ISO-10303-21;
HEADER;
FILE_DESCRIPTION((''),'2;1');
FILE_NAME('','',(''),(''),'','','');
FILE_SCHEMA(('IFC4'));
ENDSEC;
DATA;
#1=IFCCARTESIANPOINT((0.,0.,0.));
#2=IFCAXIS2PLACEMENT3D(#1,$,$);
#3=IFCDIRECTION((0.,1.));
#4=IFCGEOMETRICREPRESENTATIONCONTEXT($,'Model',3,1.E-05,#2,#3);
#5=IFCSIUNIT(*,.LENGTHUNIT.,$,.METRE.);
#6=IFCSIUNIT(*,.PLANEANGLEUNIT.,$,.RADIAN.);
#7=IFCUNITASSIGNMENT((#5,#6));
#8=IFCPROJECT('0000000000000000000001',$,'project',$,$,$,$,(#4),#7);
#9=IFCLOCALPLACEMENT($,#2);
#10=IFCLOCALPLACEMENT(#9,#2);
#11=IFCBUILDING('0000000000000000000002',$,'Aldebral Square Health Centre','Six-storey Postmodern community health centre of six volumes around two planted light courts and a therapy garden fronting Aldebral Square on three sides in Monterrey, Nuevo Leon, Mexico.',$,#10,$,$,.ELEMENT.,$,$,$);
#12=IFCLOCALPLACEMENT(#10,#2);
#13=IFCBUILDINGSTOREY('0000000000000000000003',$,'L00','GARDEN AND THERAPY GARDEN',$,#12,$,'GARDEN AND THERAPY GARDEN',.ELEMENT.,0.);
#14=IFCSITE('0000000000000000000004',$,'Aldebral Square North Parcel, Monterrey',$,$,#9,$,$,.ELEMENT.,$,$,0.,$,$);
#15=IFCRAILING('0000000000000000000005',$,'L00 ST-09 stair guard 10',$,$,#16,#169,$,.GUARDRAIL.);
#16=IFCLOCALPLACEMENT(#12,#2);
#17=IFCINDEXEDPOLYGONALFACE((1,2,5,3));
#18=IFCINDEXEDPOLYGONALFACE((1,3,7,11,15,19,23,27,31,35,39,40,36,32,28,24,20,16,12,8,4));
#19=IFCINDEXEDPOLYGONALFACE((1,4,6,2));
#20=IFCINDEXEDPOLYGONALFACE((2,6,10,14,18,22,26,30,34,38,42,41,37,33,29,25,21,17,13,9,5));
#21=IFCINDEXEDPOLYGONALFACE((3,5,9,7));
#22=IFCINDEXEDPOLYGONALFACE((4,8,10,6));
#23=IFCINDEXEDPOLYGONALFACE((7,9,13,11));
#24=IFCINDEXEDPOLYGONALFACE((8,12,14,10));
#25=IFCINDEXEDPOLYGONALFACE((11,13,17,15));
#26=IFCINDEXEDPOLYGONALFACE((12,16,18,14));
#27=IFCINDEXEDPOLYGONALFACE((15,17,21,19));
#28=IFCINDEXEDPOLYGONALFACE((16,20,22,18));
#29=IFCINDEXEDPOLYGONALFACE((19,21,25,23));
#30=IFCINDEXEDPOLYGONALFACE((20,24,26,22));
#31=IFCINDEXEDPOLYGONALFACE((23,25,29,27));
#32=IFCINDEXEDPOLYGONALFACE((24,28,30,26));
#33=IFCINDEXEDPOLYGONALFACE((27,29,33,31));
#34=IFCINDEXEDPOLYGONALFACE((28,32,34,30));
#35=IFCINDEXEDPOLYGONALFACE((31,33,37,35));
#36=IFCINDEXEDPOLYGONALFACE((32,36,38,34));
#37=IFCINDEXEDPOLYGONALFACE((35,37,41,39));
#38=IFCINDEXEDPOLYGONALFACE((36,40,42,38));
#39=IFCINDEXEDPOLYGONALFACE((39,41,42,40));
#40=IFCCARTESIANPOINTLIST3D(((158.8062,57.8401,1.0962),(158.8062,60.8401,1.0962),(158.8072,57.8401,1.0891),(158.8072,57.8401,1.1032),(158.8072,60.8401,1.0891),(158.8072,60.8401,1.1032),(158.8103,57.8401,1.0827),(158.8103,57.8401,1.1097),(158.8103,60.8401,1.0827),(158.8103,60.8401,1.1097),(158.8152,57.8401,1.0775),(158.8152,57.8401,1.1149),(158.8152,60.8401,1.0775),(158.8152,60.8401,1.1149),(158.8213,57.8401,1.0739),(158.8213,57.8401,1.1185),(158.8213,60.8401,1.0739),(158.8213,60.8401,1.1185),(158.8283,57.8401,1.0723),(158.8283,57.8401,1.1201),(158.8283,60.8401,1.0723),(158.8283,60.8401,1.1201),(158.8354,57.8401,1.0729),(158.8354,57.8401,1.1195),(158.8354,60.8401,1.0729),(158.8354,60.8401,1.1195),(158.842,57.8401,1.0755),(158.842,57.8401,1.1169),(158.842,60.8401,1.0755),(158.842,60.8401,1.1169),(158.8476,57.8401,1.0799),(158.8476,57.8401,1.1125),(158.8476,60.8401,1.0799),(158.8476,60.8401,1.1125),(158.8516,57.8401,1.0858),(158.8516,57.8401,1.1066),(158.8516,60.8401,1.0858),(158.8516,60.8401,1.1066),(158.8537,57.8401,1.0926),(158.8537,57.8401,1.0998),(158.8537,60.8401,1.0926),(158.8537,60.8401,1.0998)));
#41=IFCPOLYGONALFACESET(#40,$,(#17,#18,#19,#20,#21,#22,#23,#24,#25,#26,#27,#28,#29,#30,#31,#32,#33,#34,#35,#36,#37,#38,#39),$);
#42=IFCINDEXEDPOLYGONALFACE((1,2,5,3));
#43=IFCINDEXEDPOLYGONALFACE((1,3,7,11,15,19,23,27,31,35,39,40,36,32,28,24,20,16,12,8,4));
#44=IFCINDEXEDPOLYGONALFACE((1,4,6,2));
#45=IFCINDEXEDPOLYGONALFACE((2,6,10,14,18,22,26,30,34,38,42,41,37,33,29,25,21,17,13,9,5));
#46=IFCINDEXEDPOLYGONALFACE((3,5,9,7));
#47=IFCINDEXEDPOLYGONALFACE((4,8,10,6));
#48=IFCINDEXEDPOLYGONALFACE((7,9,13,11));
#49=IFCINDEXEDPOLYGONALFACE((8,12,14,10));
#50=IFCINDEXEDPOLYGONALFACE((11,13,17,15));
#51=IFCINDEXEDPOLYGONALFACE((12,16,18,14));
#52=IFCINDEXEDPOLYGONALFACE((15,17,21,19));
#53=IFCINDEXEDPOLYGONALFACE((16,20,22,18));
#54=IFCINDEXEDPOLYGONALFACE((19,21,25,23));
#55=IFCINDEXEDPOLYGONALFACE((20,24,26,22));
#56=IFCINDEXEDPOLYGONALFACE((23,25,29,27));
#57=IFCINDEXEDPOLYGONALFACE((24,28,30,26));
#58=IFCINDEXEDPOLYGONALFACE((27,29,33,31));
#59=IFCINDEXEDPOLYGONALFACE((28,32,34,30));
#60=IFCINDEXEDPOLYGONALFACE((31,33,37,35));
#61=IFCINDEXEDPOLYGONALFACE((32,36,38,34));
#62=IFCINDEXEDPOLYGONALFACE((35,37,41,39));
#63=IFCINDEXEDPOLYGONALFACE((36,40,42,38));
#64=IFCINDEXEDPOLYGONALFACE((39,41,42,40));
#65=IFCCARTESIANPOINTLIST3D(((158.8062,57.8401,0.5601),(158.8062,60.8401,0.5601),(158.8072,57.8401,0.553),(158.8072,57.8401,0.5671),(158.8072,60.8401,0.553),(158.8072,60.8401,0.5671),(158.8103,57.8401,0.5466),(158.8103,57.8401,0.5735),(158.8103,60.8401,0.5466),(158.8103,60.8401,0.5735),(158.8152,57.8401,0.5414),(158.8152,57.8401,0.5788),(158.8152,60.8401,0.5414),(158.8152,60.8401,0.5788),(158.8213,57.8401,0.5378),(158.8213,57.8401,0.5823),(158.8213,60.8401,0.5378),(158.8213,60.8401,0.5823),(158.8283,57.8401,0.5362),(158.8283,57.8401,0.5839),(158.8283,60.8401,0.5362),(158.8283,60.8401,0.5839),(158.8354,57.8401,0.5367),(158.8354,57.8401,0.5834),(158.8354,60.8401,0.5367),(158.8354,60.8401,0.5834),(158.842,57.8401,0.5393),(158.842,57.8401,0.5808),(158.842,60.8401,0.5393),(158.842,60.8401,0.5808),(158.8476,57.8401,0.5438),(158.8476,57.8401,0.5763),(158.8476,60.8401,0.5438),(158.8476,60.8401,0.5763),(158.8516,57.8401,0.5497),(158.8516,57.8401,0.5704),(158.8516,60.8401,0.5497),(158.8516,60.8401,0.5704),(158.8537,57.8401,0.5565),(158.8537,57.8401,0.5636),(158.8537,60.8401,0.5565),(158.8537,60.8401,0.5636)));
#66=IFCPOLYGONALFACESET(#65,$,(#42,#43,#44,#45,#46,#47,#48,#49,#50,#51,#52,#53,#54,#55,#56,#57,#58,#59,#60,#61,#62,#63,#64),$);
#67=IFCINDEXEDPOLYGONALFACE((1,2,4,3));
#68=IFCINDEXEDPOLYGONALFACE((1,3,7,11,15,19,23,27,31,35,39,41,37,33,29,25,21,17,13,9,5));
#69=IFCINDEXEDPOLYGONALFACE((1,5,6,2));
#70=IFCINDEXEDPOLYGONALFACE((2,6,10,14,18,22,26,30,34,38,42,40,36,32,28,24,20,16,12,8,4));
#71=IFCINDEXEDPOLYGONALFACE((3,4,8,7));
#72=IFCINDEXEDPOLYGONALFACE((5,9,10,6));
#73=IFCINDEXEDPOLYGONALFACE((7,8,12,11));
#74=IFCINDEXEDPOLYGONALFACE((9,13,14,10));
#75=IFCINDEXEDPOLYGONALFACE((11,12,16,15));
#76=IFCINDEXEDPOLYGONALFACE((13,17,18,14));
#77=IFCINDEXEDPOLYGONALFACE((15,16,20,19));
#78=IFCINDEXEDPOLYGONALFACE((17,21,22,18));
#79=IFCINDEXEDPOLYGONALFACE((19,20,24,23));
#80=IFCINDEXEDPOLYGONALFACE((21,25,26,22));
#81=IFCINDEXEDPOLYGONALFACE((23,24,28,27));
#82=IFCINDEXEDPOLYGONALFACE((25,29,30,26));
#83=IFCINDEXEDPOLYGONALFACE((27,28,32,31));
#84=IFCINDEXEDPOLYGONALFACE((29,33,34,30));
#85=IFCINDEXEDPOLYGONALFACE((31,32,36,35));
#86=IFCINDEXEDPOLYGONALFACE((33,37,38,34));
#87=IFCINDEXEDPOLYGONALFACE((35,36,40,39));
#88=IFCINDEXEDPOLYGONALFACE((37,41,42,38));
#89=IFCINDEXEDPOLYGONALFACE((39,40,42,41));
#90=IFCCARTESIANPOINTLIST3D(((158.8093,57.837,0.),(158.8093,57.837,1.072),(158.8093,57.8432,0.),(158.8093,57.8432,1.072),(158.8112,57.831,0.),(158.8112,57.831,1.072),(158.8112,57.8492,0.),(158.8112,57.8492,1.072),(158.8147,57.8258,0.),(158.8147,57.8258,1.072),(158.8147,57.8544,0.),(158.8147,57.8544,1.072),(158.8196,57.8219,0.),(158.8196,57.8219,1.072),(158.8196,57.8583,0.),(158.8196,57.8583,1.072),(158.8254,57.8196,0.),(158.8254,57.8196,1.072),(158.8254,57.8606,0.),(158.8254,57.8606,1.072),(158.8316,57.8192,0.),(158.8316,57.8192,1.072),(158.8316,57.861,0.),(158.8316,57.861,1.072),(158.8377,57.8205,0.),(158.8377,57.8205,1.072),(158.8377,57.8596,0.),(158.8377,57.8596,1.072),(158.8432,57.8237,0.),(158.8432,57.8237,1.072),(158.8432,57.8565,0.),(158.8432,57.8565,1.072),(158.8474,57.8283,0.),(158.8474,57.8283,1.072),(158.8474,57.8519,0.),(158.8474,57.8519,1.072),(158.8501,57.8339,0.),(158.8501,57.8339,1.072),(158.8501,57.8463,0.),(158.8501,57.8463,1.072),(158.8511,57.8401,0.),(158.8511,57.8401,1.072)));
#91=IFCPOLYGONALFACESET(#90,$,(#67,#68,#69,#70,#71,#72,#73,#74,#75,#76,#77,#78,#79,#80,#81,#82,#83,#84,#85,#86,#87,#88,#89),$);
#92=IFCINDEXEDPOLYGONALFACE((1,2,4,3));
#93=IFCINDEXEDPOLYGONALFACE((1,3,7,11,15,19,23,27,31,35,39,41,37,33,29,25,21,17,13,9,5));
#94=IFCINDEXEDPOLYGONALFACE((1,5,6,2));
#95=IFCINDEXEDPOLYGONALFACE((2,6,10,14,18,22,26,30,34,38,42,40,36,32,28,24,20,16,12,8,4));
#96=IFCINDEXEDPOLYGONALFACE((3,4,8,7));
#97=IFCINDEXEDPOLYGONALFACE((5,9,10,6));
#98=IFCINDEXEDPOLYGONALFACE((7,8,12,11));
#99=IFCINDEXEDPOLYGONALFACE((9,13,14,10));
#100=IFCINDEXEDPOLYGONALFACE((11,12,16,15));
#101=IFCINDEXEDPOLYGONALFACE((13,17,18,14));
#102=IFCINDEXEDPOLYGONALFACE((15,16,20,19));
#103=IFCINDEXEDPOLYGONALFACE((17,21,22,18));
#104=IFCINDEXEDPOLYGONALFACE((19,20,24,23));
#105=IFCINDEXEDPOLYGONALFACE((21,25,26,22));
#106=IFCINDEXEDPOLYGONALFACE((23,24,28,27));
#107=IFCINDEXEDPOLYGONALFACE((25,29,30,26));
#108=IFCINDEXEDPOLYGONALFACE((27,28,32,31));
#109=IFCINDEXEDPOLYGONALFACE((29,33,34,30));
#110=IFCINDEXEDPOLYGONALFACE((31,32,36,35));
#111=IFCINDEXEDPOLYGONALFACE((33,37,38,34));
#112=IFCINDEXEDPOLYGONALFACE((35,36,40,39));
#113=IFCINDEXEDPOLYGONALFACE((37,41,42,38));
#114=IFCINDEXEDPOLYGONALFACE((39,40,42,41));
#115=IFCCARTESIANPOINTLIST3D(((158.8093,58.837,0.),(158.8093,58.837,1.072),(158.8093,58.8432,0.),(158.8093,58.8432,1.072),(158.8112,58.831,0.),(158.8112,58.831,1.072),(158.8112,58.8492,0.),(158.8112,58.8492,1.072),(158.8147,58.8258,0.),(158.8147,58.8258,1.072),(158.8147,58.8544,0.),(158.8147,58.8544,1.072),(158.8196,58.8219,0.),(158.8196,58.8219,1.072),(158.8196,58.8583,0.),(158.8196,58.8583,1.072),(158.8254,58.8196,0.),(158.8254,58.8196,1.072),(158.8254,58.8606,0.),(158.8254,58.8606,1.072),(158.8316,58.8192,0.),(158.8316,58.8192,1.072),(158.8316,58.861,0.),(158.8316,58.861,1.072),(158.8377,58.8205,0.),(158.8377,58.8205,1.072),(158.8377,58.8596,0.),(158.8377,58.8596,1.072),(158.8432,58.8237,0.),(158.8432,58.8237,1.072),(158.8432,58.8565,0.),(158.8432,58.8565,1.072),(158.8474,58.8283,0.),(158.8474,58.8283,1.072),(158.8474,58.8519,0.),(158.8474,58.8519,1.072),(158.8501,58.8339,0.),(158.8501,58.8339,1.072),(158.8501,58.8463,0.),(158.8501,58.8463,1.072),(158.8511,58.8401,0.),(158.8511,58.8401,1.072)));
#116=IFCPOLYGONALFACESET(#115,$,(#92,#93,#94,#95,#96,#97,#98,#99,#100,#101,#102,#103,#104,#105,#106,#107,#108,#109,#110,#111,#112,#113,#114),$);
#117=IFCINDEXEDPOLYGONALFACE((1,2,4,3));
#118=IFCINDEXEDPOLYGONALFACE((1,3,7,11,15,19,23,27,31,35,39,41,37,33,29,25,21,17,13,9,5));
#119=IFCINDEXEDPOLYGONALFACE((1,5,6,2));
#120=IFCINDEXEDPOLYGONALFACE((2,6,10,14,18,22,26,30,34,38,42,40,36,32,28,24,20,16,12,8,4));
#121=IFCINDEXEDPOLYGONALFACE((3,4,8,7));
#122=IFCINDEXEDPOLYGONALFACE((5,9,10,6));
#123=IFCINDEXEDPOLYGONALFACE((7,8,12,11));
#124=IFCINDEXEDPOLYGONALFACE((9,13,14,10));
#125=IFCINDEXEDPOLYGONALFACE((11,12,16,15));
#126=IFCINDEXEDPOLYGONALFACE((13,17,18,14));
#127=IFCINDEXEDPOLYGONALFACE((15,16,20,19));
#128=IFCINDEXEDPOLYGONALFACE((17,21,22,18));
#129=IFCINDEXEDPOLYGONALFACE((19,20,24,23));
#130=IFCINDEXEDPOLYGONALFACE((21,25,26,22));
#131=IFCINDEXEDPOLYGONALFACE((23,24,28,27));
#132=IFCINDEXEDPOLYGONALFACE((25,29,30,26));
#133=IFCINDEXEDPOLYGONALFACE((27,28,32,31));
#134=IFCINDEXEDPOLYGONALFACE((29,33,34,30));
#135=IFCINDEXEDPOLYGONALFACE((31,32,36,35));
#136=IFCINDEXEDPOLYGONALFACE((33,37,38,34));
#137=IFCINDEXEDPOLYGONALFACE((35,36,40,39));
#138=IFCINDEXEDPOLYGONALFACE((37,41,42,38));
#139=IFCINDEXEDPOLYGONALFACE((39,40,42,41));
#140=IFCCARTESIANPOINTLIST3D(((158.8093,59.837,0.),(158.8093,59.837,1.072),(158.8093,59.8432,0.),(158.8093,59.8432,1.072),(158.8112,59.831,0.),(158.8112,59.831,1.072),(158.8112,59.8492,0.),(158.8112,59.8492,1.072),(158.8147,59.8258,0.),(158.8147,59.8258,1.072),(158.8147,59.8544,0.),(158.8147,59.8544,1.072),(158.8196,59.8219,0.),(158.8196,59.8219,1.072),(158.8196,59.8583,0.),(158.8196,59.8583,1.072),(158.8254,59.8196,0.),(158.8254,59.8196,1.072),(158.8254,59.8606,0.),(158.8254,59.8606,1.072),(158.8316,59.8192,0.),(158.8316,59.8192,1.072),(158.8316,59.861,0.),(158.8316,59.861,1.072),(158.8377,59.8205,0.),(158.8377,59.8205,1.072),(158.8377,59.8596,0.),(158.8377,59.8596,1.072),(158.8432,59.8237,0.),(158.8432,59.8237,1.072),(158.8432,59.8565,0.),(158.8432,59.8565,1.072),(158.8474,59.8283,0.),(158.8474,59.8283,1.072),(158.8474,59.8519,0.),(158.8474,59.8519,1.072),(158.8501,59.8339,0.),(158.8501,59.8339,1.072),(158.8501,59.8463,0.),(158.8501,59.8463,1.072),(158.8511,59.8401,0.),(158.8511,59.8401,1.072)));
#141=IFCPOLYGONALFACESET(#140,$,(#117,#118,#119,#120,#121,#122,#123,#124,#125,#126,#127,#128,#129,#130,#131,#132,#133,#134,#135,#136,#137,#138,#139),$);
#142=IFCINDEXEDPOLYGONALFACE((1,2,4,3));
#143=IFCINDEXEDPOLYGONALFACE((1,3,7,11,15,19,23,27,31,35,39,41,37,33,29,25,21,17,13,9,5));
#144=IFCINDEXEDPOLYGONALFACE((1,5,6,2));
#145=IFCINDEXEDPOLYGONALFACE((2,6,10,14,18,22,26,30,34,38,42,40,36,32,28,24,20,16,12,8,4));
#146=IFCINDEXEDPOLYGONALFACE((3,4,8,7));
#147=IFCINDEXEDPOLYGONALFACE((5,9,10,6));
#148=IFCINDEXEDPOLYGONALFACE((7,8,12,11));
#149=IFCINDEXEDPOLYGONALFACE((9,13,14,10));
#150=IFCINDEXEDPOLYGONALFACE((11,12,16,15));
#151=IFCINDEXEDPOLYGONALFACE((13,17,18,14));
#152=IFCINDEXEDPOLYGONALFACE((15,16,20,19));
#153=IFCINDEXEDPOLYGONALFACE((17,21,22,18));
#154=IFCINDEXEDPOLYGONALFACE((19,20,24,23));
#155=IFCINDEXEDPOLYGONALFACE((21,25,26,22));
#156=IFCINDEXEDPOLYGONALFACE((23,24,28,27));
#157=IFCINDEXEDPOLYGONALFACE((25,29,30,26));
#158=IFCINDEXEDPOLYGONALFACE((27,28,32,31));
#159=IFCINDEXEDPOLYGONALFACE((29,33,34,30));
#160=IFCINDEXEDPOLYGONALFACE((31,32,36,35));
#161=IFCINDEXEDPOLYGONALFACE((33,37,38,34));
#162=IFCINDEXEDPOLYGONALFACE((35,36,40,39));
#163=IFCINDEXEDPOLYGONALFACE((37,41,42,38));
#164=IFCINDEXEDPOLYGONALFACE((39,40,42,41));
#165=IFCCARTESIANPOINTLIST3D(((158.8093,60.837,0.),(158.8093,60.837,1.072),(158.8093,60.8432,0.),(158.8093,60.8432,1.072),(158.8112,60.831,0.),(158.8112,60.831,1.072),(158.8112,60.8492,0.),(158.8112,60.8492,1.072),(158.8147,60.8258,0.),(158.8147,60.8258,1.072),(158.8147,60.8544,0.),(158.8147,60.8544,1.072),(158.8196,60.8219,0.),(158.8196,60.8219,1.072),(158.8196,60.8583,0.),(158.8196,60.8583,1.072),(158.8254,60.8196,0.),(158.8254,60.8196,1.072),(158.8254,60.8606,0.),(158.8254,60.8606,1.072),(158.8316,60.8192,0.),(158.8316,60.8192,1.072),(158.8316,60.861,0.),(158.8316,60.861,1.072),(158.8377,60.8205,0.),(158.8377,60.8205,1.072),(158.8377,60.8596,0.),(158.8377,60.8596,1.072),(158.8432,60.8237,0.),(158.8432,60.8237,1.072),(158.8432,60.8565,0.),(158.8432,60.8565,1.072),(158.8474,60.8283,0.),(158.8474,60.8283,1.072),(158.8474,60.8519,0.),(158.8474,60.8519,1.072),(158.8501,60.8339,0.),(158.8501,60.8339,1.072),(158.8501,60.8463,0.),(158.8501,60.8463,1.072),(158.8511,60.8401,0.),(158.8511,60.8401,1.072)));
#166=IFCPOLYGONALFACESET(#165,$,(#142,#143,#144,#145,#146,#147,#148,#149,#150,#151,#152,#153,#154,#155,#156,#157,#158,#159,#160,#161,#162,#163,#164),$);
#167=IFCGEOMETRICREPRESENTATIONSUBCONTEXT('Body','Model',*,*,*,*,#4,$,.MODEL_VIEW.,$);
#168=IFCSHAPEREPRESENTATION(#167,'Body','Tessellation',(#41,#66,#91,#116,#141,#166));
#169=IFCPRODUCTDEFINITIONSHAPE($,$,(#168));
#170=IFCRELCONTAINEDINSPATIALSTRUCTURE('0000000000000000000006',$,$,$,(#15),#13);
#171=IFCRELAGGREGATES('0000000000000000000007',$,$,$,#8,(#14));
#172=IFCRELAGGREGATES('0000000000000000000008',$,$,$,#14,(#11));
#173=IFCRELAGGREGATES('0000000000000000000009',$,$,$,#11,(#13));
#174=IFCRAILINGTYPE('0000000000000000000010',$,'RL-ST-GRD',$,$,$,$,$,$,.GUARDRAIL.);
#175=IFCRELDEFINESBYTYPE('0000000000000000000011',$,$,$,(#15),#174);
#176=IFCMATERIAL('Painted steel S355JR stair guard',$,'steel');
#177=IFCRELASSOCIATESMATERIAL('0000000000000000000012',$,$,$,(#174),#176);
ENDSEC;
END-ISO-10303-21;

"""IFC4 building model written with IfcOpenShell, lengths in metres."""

from ifc_helpers import new_model, si_unit, direction, frame, origin, origin_2d, place, context, subcontext, project, spatial, circle, extrude, material, type_object, element, save


model = new_model("IFC4")

# Units and contexts
model_context = context("Model", 3, precision=1e-05, world=origin(), true_north=direction((0.0, 1.0)))
body_context = subcontext(model_context, "Body", "Model", "MODEL_VIEW")
ifc_project = project(units=[si_unit("LENGTHUNIT", "METRE"), si_unit("PLANEANGLEUNIT", "RADIAN")], contexts=[model_context])

# Site, building, storey
site_placement = place(None, origin())
site = spatial("IfcSite", under=ifc_project, at=site_placement, Name="Aldebral Square North Parcel, Monterrey", CompositionType="ELEMENT", RefElevation=0.0)
building_placement = place(site_placement, origin())
building = spatial("IfcBuilding", under=site, at=building_placement, Name="Aldebral Square Health Centre", Description="Six-storey Postmodern community health centre of six volumes around two planted light courts and a therapy garden fronting Aldebral Square on three sides in Monterrey, Nuevo Leon, Mexico.", CompositionType="ELEMENT")
storey_placement = place(building_placement, origin())
storey = spatial("IfcBuildingStorey", under=building, at=storey_placement, Name="L00", Description="GARDEN AND THERAPY GARDEN", LongName="GARDEN AND THERAPY GARDEN", CompositionType="ELEMENT", Elevation=0.0)

# Railing
ifc_material_1 = material(Name="Painted steel S355JR stair guard", Category="steel")
railing_type_1 = type_object("IfcRailingType", Name="RL-ST-GRD", PredefinedType="GUARDRAIL", material=ifc_material_1)
railing_1_placement = place(storey_placement, frame((158.8301, 57.8401, 0.0)))
element("IfcRailing", 1, at=railing_1_placement, inside=storey, type_object=railing_type_1, Name="L00 ST-09 stair guard 10", PredefinedType="GUARDRAIL", context=body_context, shape_type="SweptSolid", body=[
    extrude(circle(Radius=0.0239, at=origin_2d()), frame((0.0, 0.0, 1.0962), z_axis=(0.0, 1.0, 0.0), x_axis=(-1.0, 0.0, 0.0)), (0.0, 0.0, 1.0), 3.0),
    extrude(circle(Radius=0.0239, at=origin_2d()), frame((0.0, 0.0, 0.5601), z_axis=(0.0, 1.0, 0.0), x_axis=(-1.0, 0.0, 0.0)), (0.0, 0.0, 1.0), 3.0),
    extrude(circle(Radius=0.021, at=origin_2d()), origin(), (0.0, 0.0, 1.0), 1.072),
    extrude(circle(Radius=0.021, at=origin_2d()), frame((0.0, 1.0, 0.0)), (0.0, 0.0, 1.0), 1.072),
    extrude(circle(Radius=0.021, at=origin_2d()), frame((0.0, 2.0, 0.0)), (0.0, 0.0, 1.0), 1.072),
    extrude(circle(Radius=0.021, at=origin_2d()), frame((0.0, 3.0, 0.0)), (0.0, 0.0, 1.0), 1.072),
])

save(model, "model.ifc")
